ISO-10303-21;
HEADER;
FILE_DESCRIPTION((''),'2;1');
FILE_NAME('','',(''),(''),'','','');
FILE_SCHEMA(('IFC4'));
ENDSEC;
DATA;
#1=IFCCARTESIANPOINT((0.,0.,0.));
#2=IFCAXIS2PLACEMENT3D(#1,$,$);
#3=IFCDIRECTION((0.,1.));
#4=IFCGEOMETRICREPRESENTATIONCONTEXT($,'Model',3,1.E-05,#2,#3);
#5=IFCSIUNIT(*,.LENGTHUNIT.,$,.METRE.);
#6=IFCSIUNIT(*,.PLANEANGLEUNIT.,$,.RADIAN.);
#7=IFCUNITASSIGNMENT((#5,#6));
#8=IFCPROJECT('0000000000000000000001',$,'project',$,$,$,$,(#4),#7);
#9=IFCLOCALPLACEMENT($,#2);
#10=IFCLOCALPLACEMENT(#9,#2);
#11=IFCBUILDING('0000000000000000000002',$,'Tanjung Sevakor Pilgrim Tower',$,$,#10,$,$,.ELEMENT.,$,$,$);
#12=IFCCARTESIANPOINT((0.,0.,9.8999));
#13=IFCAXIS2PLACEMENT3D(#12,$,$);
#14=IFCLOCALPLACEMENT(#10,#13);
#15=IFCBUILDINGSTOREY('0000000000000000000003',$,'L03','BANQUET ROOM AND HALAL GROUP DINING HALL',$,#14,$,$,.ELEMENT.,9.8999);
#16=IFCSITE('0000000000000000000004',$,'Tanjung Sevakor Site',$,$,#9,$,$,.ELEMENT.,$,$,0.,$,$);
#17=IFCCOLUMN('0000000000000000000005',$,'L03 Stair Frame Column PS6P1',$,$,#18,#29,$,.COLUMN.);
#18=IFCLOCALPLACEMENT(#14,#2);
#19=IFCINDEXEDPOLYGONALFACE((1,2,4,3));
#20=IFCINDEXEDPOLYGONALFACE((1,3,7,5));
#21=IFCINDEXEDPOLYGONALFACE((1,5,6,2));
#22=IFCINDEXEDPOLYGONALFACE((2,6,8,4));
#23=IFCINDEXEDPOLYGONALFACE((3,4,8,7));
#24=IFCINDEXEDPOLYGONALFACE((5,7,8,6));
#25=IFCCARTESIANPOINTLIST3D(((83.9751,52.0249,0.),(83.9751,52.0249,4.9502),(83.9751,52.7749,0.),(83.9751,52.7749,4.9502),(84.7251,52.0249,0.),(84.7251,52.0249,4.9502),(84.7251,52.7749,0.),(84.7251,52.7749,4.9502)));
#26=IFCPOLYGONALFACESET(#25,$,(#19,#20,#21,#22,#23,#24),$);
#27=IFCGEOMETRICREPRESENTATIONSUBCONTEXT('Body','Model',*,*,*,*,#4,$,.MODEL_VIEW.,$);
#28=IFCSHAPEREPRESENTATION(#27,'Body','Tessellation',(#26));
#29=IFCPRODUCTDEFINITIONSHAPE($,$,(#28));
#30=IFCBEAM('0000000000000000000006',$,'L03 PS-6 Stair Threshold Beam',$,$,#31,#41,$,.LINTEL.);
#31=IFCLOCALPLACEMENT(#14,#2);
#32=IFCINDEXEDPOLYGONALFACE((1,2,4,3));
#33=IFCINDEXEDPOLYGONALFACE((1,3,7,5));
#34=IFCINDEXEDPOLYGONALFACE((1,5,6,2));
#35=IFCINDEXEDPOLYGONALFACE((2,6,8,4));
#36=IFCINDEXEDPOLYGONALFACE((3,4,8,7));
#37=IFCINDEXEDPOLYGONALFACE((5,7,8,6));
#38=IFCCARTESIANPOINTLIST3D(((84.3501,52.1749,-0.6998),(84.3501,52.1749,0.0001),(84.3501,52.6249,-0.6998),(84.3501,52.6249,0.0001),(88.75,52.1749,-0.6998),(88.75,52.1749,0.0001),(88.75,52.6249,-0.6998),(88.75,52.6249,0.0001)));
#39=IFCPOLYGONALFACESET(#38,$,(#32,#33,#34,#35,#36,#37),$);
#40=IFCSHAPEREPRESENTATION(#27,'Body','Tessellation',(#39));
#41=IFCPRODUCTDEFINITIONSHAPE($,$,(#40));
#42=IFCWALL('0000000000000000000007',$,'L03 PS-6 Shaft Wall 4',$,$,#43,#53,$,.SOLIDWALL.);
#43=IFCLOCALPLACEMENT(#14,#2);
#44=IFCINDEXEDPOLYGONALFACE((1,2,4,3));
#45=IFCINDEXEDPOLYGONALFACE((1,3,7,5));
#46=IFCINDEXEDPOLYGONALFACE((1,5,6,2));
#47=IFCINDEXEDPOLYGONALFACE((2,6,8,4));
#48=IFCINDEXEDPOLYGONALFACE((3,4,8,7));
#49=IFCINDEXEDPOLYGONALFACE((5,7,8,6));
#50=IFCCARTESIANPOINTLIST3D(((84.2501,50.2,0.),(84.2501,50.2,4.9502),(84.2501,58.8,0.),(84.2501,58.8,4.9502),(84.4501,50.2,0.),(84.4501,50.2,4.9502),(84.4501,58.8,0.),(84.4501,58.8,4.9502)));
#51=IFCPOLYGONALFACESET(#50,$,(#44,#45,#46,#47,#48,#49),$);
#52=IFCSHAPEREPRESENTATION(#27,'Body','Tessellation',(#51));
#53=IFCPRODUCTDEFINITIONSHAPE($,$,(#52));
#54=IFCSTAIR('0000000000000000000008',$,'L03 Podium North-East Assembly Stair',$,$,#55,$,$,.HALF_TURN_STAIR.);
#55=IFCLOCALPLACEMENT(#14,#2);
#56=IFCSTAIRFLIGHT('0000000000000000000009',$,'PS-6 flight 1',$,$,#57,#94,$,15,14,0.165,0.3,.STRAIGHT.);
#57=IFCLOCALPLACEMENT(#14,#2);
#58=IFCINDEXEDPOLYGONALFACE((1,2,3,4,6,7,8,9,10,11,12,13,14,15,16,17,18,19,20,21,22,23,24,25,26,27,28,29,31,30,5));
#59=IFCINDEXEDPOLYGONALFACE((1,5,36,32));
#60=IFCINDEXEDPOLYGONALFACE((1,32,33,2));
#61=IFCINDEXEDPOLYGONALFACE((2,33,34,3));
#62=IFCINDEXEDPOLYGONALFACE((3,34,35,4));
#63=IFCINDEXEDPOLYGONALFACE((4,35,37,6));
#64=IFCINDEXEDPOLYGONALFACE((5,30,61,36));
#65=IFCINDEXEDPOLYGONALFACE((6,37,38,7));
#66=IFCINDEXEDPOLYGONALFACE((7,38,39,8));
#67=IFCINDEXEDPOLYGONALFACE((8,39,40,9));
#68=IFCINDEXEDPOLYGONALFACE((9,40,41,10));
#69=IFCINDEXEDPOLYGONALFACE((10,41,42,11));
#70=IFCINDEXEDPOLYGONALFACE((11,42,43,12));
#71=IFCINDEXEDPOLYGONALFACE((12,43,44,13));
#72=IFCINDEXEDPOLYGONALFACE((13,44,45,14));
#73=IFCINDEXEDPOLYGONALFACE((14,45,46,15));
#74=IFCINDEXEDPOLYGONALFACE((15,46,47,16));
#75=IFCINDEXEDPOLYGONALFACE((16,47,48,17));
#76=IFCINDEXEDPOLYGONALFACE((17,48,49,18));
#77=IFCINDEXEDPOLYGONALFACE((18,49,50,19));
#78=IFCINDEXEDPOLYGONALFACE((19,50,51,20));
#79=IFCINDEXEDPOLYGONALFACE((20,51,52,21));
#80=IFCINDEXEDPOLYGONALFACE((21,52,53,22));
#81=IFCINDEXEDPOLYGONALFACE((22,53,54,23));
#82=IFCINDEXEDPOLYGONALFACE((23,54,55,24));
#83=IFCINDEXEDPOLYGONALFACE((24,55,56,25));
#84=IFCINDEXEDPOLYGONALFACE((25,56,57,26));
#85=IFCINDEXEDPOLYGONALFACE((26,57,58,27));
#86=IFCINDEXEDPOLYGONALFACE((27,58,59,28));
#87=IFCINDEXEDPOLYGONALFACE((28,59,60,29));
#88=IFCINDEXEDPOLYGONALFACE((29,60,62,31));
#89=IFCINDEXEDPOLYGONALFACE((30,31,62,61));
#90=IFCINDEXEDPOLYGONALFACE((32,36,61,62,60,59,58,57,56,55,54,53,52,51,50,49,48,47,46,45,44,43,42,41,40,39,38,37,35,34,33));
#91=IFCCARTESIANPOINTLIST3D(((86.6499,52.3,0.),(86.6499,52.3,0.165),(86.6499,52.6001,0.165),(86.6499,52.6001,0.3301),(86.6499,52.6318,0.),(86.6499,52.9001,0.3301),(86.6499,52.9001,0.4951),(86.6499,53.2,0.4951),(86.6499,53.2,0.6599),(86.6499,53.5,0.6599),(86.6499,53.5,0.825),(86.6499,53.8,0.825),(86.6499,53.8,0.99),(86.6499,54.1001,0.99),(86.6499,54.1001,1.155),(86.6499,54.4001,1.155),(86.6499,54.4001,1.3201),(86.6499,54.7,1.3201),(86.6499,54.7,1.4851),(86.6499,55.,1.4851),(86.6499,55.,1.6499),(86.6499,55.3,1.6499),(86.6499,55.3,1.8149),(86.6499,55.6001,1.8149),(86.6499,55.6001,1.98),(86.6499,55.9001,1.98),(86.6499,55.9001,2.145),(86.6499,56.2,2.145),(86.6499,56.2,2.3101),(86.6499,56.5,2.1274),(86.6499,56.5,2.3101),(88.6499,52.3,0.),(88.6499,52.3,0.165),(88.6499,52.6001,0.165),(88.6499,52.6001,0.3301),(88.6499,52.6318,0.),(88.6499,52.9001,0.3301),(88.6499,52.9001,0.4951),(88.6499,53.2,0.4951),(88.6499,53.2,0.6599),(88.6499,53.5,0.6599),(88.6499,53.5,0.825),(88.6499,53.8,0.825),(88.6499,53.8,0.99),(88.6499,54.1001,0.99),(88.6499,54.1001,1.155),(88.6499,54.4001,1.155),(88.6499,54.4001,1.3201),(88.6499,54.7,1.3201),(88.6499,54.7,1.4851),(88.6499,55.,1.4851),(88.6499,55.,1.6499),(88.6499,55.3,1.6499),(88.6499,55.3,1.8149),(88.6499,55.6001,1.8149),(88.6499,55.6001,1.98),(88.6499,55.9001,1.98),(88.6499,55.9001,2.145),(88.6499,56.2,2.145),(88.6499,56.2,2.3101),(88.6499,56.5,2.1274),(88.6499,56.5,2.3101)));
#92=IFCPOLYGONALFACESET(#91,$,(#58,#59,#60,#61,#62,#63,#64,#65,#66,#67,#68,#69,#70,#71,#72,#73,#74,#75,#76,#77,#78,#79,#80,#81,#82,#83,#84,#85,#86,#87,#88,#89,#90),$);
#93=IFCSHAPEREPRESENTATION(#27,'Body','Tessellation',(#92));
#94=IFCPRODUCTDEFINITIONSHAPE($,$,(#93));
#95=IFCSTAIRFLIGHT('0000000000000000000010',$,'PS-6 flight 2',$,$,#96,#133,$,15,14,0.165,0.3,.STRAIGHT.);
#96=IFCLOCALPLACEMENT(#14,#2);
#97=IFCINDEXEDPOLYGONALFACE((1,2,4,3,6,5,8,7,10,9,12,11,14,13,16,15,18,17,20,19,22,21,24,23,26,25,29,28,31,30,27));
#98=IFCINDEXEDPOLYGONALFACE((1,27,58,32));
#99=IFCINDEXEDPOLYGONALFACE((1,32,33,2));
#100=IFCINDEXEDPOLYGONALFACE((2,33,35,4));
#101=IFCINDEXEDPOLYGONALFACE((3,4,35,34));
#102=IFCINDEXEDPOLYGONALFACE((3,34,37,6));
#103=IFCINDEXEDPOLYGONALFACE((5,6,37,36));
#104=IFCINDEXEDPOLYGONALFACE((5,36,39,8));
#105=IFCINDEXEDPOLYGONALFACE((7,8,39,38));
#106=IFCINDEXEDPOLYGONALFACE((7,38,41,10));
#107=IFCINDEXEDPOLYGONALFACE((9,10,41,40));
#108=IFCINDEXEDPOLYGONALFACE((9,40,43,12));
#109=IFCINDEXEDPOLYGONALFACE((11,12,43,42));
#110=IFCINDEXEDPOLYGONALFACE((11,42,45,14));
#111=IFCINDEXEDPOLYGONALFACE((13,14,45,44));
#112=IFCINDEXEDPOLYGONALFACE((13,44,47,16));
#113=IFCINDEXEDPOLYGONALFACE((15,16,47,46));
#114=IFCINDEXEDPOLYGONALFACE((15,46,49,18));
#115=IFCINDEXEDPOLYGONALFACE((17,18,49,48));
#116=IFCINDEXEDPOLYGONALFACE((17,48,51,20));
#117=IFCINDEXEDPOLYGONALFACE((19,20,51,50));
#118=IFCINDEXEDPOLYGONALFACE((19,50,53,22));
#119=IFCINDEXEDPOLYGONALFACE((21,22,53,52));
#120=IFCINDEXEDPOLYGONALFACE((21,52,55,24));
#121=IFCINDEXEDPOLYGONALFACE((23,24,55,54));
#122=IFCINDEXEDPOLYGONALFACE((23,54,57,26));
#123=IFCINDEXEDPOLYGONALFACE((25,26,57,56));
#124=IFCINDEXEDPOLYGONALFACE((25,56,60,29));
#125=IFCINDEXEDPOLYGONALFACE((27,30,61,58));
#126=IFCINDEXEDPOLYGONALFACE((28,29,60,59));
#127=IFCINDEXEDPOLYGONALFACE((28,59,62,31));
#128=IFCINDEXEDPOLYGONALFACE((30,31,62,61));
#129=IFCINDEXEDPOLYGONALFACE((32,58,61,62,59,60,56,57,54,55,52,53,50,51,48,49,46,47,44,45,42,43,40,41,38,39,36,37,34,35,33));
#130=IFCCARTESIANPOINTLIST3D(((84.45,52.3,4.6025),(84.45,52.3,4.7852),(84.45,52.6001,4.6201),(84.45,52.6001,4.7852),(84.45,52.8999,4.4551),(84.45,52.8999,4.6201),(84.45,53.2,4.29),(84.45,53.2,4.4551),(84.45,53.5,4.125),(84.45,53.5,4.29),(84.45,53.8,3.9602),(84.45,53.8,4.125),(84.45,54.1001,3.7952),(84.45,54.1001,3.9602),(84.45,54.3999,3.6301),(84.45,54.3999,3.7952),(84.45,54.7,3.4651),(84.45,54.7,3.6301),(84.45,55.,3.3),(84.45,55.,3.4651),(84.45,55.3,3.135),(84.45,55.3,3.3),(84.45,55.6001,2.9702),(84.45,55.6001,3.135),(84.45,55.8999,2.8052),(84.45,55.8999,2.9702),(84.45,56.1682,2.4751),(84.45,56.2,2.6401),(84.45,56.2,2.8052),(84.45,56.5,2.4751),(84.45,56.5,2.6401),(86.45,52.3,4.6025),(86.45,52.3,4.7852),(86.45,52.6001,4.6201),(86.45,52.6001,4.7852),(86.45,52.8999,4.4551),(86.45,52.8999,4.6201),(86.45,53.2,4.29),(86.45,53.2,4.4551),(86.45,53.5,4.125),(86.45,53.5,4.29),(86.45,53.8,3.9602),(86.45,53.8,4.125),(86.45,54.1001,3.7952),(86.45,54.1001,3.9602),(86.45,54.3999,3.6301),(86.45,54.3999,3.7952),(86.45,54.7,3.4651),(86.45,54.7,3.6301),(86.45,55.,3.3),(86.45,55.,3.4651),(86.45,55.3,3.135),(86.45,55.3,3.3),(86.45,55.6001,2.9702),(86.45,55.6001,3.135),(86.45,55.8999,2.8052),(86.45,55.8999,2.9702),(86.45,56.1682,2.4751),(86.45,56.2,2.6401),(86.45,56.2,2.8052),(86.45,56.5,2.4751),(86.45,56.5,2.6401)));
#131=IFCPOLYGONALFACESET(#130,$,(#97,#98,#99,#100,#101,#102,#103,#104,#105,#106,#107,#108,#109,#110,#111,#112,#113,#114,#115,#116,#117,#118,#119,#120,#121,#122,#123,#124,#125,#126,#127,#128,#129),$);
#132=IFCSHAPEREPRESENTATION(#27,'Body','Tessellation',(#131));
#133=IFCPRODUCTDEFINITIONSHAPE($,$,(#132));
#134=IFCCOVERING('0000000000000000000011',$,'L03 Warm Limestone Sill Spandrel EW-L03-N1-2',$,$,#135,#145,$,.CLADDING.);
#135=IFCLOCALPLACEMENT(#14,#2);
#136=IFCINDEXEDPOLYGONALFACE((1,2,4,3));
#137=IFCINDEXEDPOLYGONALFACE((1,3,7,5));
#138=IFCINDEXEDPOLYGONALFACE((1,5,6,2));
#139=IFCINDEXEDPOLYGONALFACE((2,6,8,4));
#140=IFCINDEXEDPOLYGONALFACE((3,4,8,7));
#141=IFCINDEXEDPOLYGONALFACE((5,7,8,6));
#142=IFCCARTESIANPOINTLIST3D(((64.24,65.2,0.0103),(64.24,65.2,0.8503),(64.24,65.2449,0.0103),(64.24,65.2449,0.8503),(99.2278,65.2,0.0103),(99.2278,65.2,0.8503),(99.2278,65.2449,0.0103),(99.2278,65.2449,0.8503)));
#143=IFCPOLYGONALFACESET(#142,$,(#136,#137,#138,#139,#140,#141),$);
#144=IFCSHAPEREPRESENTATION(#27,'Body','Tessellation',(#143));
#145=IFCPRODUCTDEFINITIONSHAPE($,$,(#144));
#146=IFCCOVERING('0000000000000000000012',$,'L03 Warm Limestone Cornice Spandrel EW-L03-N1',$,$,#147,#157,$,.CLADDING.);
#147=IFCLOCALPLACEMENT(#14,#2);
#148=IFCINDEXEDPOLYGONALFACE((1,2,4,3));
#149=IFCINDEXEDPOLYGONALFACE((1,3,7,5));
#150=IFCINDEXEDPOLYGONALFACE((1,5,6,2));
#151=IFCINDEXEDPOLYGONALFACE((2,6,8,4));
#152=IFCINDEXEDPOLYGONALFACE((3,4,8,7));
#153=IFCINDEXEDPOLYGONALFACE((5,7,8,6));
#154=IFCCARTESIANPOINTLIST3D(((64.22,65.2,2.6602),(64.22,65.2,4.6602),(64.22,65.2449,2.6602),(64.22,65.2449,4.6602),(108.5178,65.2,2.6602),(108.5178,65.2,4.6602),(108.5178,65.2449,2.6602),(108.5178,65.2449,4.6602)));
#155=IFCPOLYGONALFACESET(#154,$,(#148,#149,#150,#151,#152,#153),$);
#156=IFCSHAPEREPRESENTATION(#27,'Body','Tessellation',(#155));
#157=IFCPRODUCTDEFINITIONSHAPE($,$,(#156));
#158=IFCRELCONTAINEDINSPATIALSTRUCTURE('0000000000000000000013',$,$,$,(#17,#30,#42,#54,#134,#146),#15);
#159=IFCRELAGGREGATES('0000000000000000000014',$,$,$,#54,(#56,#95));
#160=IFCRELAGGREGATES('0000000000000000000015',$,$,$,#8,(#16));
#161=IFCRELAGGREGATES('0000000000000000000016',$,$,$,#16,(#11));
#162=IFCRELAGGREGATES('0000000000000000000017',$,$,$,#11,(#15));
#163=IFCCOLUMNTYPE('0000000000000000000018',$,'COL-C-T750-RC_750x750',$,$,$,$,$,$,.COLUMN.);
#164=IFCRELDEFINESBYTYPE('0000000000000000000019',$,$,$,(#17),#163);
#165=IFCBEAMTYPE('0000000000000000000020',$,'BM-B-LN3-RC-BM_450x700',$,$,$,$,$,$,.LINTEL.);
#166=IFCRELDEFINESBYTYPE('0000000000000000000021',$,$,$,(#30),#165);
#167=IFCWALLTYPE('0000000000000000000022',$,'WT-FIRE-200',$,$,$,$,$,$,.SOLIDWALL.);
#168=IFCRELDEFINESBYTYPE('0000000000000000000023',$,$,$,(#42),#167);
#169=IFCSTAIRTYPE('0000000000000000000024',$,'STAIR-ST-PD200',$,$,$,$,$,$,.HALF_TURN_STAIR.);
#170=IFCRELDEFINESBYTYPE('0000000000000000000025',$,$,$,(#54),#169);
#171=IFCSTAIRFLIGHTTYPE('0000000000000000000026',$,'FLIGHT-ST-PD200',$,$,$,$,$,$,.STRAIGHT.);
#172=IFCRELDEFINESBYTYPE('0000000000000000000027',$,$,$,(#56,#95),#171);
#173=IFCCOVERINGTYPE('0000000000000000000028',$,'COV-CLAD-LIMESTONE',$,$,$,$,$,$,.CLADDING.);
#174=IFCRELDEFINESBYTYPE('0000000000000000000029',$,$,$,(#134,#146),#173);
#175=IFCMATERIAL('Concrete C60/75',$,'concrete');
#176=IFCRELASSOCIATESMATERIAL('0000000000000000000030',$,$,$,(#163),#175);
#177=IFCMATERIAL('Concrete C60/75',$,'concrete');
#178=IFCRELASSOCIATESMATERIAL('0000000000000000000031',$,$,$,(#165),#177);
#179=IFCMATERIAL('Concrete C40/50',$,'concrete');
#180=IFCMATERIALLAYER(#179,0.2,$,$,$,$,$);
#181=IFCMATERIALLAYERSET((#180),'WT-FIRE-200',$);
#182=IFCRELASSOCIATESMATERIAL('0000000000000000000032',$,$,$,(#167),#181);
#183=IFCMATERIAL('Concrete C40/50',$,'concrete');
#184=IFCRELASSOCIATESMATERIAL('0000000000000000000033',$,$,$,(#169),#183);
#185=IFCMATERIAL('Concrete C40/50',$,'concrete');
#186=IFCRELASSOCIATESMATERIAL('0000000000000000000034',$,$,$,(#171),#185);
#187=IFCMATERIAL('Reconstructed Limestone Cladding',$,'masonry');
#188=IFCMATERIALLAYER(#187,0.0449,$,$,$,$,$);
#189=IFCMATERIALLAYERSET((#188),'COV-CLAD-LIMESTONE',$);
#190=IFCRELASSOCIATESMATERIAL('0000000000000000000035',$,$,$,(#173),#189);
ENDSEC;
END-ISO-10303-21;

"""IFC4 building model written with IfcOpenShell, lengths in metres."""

from ifc_helpers import new_model, si_unit, direction, frame, frame_2d, origin, origin_2d, place, context, subcontext, project, spatial, polyline, rectangle, outline, extrude, material, layer, layer_set, material_profile, profile_set, type_object, element, aggregate, save


model = new_model("IFC4")

# Units and contexts
model_context = context("Model", 3, precision=1e-05, world=origin(), true_north=direction((0.0, 1.0)))
body_context = subcontext(model_context, "Body", "Model", "MODEL_VIEW")
ifc_project = project(units=[si_unit("LENGTHUNIT", "METRE"), si_unit("PLANEANGLEUNIT", "RADIAN")], contexts=[model_context])

# Site, building, storey
site_placement = place(None, origin())
site = spatial("IfcSite", under=ifc_project, at=site_placement, Name="Tanjung Sevakor Site", CompositionType="ELEMENT", RefElevation=0.0)
building_placement = place(site_placement, origin())
building = spatial("IfcBuilding", under=site, at=building_placement, Name="Tanjung Sevakor Pilgrim Tower", CompositionType="ELEMENT")
storey_placement = place(building_placement, frame((0.0, 0.0, 9.8999)))
storey = spatial("IfcBuildingStorey", under=building, at=storey_placement, Name="L03", Description="BANQUET ROOM AND HALAL GROUP DINING HALL", CompositionType="ELEMENT", Elevation=9.8999)

# Column
ifc_material_1 = material(Name="Concrete C60/75", Category="concrete")
ifc_material_profile_1 = material_profile(ifc_material_1, rectangle(XDim=0.75, YDim=0.75, at=origin_2d()))
ifc_profile_set_1 = profile_set([ifc_material_profile_1], Name="Concrete C60/75")
column_type = type_object("IfcColumnType", Name="COL-C-T750-RC_750x750", PredefinedType="COLUMN", material=ifc_profile_set_1)
column_placement = place(storey_placement, frame((84.3501, 52.3999, 0.0), z_axis=(0.0, 0.0, 1.0), x_axis=(1.0, 0.0, 0.0)))
element("IfcColumn", 1, at=column_placement, inside=storey, type_object=column_type, Name="L03 Stair Frame Column PS6P1", PredefinedType="COLUMN", context=body_context, shape_type="SweptSolid", body=[
    extrude(rectangle(XDim=0.75, YDim=0.75, at=origin_2d()), origin(), (0.0, 0.0, 1.0), 4.9502),
])

# Beam
ifc_material_2 = material(Name="Concrete C60/75", Category="concrete")
ifc_material_profile_2 = material_profile(ifc_material_2, rectangle(XDim=0.45, YDim=0.7, at=origin_2d()))
ifc_profile_set_2 = profile_set([ifc_material_profile_2], Name="Concrete C60/75")
beam_type = type_object("IfcBeamType", Name="BM-B-LN3-RC-BM_450x700", PredefinedType="LINTEL", material=ifc_profile_set_2)
beam_placement = place(storey_placement, frame((84.3501, 52.3999, -0.3499), z_axis=(1.0, 0.0, 0.0), x_axis=(0.0, 1.0, 0.0)))
element("IfcBeam", 2, at=beam_placement, inside=storey, type_object=beam_type, Name="L03 PS-6 Stair Threshold Beam", PredefinedType="LINTEL", context=body_context, shape_type="SweptSolid", body=[
    extrude(rectangle(XDim=0.45, YDim=0.7, at=origin_2d()), origin(), (0.0, 0.0, 1.0), 4.3999),
])

# Shared definitions
ifc_material_3 = material(Name="Concrete C40/50", Category="concrete")
ifc_layer_1 = layer(ifc_material_3, 0.2)
ifc_layer_set_1 = layer_set([ifc_layer_1], Name="WT-FIRE-200")
wall_type = type_object("IfcWallType", Name="WT-FIRE-200", PredefinedType="SOLIDWALL", material=ifc_layer_set_1)

# Wall
wall_1_placement = place(storey_placement, frame((84.3501, 58.8, 0.0), z_axis=(0.0, 0.0, 1.0), x_axis=(0.0, -1.0, 0.0)))
element("IfcWall", 3, at=wall_1_placement, inside=storey, type_object=wall_type, Name="L03 PS-6 Shaft Wall 4", PredefinedType="SOLIDWALL", context=body_context, shape_type="SweptSolid", body=[
    extrude(rectangle(XDim=8.6001, YDim=0.2, at=frame_2d((4.3, 0.0))), origin(), (0.0, 0.0, 1.0), 4.9502),
])

# Stair, stair flights
ifc_material_4 = material(Name="Concrete C40/50", Category="concrete")
stair_type = type_object("IfcStairType", Name="STAIR-ST-PD200", PredefinedType="HALF_TURN_STAIR", material=ifc_material_4)
stair_placement = place(storey_placement, origin())
stair = element("IfcStair", 4, at=stair_placement, inside=storey, type_object=stair_type, Name="L03 Podium North-East Assembly Stair", PredefinedType="HALF_TURN_STAIR")
ifc_material_5 = material(Name="Concrete C40/50", Category="concrete")
stair_flight_type = type_object("IfcStairFlightType", Name="FLIGHT-ST-PD200", PredefinedType="STRAIGHT", material=ifc_material_5)
stair_flight_1_placement = place(storey_placement, frame((87.6499, 52.3, 0.0), z_axis=(0.0, 0.0, 1.0), x_axis=(0.0, 1.0, 0.0)))
stair_flight_1 = element("IfcStairFlight", 5, at=stair_flight_1_placement, type_object=stair_flight_type, Name="PS-6 flight 1", NumberOfRisers=15, NumberOfTreads=14, PredefinedType="STRAIGHT", RiserHeight=0.165, TreadLength=0.3, context=body_context, shape_type="SweptSolid", body=[
    extrude(outline(polyline([(0.0, 0.0), (0.0, 0.165), (0.3, 0.165), (0.3, 0.3301), (0.6001, 0.3301), (0.6001, 0.4951), (0.8999, 0.4951), (0.8999, 0.6599), (1.2, 0.6599), (1.2, 0.825), (1.5, 0.825), (1.5, 0.99), (1.8, 0.99), (1.8, 1.155), (2.1001, 1.155), (2.1001, 1.3201), (2.3999, 1.3201), (2.3999, 1.4851), (2.7, 1.4851), (2.7, 1.6499), (3.0, 1.6499), (3.0, 1.8149), (3.3, 1.8149), (3.3, 1.98), (3.6001, 1.98), (3.6001, 2.145), (3.8999, 2.145), (3.8999, 2.3101), (4.2, 2.3101), (4.2, 2.4751), (4.2, 2.1274), (0.3318, 0.0), (0.0, 0.0)])), frame((0.0, 1.0, 0.0), z_axis=(0.0, -1.0, 0.0), x_axis=(1.0, 0.0, 0.0)), (0.0, 0.0, 1.0), 2.0),
])
stair_flight_2_placement = place(storey_placement, frame((85.45, 56.5, 2.4751), z_axis=(0.0, 0.0, 1.0), x_axis=(0.0, -1.0, 0.0)))
stair_flight_2 = element("IfcStairFlight", 6, at=stair_flight_2_placement, type_object=stair_flight_type, Name="PS-6 flight 2", NumberOfRisers=15, NumberOfTreads=14, PredefinedType="STRAIGHT", RiserHeight=0.165, TreadLength=0.3, context=body_context, shape_type="SweptSolid", body=[
    extrude(outline(polyline([(0.0, 0.0), (0.0, 0.165), (0.3, 0.165), (0.3, 0.3301), (0.6001, 0.3301), (0.6001, 0.4951), (0.8999, 0.4951), (0.8999, 0.6599), (1.2, 0.6599), (1.2, 0.825), (1.5, 0.825), (1.5, 0.99), (1.8, 0.99), (1.8, 1.155), (2.1001, 1.155), (2.1001, 1.3201), (2.3999, 1.3201), (2.3999, 1.4851), (2.7, 1.4851), (2.7, 1.6499), (3.0, 1.6499), (3.0, 1.8149), (3.3, 1.8149), (3.3, 1.98), (3.6001, 1.98), (3.6001, 2.145), (3.8999, 2.145), (3.8999, 2.3101), (4.2, 2.3101), (4.2, 2.4751), (4.2, 2.1274), (0.3318, 0.0), (0.0, 0.0)])), frame((0.0, 1.0, 0.0), z_axis=(0.0, -1.0, 0.0), x_axis=(1.0, 0.0, 0.0)), (0.0, 0.0, 1.0), 2.0),
])
aggregate(stair, [stair_flight_1, stair_flight_2])

# Coverings
ifc_material_6 = material(Name="Reconstructed Limestone Cladding", Category="masonry")
ifc_layer_2 = layer(ifc_material_6, 0.0449)
ifc_layer_set_2 = layer_set([ifc_layer_2], Name="COV-CLAD-LIMESTONE")
covering_type = type_object("IfcCoveringType", Name="COV-CLAD-LIMESTONE", PredefinedType="CLADDING", material=ifc_layer_set_2)
covering_1_placement = place(storey_placement, frame((81.7339, 65.2224, 0.0103), z_axis=(0.0, 0.0, 1.0), x_axis=(-1.0, 0.0, 0.0)))
element("IfcCovering", 7, at=covering_1_placement, inside=storey, type_object=covering_type, Name="L03 Warm Limestone Sill Spandrel EW-L03-N1-2", PredefinedType="CLADDING", context=body_context, shape_type="SweptSolid", body=[
    extrude(rectangle(XDim=34.9878, YDim=0.0449, at=origin_2d()), origin(), (0.0, 0.0, 1.0), 0.8401),
])
covering_2_placement = place(storey_placement, frame((86.3689, 65.2224, 2.6602), z_axis=(0.0, 0.0, 1.0), x_axis=(-1.0, 0.0, 0.0)))
element("IfcCovering", 8, at=covering_2_placement, inside=storey, type_object=covering_type, Name="L03 Warm Limestone Cornice Spandrel EW-L03-N1", PredefinedType="CLADDING", context=body_context, shape_type="SweptSolid", body=[
    extrude(rectangle(XDim=44.2979, YDim=0.0449, at=origin_2d()), origin(), (0.0, 0.0, 1.0), 2.0),
])

save(model, "model.ifc")
